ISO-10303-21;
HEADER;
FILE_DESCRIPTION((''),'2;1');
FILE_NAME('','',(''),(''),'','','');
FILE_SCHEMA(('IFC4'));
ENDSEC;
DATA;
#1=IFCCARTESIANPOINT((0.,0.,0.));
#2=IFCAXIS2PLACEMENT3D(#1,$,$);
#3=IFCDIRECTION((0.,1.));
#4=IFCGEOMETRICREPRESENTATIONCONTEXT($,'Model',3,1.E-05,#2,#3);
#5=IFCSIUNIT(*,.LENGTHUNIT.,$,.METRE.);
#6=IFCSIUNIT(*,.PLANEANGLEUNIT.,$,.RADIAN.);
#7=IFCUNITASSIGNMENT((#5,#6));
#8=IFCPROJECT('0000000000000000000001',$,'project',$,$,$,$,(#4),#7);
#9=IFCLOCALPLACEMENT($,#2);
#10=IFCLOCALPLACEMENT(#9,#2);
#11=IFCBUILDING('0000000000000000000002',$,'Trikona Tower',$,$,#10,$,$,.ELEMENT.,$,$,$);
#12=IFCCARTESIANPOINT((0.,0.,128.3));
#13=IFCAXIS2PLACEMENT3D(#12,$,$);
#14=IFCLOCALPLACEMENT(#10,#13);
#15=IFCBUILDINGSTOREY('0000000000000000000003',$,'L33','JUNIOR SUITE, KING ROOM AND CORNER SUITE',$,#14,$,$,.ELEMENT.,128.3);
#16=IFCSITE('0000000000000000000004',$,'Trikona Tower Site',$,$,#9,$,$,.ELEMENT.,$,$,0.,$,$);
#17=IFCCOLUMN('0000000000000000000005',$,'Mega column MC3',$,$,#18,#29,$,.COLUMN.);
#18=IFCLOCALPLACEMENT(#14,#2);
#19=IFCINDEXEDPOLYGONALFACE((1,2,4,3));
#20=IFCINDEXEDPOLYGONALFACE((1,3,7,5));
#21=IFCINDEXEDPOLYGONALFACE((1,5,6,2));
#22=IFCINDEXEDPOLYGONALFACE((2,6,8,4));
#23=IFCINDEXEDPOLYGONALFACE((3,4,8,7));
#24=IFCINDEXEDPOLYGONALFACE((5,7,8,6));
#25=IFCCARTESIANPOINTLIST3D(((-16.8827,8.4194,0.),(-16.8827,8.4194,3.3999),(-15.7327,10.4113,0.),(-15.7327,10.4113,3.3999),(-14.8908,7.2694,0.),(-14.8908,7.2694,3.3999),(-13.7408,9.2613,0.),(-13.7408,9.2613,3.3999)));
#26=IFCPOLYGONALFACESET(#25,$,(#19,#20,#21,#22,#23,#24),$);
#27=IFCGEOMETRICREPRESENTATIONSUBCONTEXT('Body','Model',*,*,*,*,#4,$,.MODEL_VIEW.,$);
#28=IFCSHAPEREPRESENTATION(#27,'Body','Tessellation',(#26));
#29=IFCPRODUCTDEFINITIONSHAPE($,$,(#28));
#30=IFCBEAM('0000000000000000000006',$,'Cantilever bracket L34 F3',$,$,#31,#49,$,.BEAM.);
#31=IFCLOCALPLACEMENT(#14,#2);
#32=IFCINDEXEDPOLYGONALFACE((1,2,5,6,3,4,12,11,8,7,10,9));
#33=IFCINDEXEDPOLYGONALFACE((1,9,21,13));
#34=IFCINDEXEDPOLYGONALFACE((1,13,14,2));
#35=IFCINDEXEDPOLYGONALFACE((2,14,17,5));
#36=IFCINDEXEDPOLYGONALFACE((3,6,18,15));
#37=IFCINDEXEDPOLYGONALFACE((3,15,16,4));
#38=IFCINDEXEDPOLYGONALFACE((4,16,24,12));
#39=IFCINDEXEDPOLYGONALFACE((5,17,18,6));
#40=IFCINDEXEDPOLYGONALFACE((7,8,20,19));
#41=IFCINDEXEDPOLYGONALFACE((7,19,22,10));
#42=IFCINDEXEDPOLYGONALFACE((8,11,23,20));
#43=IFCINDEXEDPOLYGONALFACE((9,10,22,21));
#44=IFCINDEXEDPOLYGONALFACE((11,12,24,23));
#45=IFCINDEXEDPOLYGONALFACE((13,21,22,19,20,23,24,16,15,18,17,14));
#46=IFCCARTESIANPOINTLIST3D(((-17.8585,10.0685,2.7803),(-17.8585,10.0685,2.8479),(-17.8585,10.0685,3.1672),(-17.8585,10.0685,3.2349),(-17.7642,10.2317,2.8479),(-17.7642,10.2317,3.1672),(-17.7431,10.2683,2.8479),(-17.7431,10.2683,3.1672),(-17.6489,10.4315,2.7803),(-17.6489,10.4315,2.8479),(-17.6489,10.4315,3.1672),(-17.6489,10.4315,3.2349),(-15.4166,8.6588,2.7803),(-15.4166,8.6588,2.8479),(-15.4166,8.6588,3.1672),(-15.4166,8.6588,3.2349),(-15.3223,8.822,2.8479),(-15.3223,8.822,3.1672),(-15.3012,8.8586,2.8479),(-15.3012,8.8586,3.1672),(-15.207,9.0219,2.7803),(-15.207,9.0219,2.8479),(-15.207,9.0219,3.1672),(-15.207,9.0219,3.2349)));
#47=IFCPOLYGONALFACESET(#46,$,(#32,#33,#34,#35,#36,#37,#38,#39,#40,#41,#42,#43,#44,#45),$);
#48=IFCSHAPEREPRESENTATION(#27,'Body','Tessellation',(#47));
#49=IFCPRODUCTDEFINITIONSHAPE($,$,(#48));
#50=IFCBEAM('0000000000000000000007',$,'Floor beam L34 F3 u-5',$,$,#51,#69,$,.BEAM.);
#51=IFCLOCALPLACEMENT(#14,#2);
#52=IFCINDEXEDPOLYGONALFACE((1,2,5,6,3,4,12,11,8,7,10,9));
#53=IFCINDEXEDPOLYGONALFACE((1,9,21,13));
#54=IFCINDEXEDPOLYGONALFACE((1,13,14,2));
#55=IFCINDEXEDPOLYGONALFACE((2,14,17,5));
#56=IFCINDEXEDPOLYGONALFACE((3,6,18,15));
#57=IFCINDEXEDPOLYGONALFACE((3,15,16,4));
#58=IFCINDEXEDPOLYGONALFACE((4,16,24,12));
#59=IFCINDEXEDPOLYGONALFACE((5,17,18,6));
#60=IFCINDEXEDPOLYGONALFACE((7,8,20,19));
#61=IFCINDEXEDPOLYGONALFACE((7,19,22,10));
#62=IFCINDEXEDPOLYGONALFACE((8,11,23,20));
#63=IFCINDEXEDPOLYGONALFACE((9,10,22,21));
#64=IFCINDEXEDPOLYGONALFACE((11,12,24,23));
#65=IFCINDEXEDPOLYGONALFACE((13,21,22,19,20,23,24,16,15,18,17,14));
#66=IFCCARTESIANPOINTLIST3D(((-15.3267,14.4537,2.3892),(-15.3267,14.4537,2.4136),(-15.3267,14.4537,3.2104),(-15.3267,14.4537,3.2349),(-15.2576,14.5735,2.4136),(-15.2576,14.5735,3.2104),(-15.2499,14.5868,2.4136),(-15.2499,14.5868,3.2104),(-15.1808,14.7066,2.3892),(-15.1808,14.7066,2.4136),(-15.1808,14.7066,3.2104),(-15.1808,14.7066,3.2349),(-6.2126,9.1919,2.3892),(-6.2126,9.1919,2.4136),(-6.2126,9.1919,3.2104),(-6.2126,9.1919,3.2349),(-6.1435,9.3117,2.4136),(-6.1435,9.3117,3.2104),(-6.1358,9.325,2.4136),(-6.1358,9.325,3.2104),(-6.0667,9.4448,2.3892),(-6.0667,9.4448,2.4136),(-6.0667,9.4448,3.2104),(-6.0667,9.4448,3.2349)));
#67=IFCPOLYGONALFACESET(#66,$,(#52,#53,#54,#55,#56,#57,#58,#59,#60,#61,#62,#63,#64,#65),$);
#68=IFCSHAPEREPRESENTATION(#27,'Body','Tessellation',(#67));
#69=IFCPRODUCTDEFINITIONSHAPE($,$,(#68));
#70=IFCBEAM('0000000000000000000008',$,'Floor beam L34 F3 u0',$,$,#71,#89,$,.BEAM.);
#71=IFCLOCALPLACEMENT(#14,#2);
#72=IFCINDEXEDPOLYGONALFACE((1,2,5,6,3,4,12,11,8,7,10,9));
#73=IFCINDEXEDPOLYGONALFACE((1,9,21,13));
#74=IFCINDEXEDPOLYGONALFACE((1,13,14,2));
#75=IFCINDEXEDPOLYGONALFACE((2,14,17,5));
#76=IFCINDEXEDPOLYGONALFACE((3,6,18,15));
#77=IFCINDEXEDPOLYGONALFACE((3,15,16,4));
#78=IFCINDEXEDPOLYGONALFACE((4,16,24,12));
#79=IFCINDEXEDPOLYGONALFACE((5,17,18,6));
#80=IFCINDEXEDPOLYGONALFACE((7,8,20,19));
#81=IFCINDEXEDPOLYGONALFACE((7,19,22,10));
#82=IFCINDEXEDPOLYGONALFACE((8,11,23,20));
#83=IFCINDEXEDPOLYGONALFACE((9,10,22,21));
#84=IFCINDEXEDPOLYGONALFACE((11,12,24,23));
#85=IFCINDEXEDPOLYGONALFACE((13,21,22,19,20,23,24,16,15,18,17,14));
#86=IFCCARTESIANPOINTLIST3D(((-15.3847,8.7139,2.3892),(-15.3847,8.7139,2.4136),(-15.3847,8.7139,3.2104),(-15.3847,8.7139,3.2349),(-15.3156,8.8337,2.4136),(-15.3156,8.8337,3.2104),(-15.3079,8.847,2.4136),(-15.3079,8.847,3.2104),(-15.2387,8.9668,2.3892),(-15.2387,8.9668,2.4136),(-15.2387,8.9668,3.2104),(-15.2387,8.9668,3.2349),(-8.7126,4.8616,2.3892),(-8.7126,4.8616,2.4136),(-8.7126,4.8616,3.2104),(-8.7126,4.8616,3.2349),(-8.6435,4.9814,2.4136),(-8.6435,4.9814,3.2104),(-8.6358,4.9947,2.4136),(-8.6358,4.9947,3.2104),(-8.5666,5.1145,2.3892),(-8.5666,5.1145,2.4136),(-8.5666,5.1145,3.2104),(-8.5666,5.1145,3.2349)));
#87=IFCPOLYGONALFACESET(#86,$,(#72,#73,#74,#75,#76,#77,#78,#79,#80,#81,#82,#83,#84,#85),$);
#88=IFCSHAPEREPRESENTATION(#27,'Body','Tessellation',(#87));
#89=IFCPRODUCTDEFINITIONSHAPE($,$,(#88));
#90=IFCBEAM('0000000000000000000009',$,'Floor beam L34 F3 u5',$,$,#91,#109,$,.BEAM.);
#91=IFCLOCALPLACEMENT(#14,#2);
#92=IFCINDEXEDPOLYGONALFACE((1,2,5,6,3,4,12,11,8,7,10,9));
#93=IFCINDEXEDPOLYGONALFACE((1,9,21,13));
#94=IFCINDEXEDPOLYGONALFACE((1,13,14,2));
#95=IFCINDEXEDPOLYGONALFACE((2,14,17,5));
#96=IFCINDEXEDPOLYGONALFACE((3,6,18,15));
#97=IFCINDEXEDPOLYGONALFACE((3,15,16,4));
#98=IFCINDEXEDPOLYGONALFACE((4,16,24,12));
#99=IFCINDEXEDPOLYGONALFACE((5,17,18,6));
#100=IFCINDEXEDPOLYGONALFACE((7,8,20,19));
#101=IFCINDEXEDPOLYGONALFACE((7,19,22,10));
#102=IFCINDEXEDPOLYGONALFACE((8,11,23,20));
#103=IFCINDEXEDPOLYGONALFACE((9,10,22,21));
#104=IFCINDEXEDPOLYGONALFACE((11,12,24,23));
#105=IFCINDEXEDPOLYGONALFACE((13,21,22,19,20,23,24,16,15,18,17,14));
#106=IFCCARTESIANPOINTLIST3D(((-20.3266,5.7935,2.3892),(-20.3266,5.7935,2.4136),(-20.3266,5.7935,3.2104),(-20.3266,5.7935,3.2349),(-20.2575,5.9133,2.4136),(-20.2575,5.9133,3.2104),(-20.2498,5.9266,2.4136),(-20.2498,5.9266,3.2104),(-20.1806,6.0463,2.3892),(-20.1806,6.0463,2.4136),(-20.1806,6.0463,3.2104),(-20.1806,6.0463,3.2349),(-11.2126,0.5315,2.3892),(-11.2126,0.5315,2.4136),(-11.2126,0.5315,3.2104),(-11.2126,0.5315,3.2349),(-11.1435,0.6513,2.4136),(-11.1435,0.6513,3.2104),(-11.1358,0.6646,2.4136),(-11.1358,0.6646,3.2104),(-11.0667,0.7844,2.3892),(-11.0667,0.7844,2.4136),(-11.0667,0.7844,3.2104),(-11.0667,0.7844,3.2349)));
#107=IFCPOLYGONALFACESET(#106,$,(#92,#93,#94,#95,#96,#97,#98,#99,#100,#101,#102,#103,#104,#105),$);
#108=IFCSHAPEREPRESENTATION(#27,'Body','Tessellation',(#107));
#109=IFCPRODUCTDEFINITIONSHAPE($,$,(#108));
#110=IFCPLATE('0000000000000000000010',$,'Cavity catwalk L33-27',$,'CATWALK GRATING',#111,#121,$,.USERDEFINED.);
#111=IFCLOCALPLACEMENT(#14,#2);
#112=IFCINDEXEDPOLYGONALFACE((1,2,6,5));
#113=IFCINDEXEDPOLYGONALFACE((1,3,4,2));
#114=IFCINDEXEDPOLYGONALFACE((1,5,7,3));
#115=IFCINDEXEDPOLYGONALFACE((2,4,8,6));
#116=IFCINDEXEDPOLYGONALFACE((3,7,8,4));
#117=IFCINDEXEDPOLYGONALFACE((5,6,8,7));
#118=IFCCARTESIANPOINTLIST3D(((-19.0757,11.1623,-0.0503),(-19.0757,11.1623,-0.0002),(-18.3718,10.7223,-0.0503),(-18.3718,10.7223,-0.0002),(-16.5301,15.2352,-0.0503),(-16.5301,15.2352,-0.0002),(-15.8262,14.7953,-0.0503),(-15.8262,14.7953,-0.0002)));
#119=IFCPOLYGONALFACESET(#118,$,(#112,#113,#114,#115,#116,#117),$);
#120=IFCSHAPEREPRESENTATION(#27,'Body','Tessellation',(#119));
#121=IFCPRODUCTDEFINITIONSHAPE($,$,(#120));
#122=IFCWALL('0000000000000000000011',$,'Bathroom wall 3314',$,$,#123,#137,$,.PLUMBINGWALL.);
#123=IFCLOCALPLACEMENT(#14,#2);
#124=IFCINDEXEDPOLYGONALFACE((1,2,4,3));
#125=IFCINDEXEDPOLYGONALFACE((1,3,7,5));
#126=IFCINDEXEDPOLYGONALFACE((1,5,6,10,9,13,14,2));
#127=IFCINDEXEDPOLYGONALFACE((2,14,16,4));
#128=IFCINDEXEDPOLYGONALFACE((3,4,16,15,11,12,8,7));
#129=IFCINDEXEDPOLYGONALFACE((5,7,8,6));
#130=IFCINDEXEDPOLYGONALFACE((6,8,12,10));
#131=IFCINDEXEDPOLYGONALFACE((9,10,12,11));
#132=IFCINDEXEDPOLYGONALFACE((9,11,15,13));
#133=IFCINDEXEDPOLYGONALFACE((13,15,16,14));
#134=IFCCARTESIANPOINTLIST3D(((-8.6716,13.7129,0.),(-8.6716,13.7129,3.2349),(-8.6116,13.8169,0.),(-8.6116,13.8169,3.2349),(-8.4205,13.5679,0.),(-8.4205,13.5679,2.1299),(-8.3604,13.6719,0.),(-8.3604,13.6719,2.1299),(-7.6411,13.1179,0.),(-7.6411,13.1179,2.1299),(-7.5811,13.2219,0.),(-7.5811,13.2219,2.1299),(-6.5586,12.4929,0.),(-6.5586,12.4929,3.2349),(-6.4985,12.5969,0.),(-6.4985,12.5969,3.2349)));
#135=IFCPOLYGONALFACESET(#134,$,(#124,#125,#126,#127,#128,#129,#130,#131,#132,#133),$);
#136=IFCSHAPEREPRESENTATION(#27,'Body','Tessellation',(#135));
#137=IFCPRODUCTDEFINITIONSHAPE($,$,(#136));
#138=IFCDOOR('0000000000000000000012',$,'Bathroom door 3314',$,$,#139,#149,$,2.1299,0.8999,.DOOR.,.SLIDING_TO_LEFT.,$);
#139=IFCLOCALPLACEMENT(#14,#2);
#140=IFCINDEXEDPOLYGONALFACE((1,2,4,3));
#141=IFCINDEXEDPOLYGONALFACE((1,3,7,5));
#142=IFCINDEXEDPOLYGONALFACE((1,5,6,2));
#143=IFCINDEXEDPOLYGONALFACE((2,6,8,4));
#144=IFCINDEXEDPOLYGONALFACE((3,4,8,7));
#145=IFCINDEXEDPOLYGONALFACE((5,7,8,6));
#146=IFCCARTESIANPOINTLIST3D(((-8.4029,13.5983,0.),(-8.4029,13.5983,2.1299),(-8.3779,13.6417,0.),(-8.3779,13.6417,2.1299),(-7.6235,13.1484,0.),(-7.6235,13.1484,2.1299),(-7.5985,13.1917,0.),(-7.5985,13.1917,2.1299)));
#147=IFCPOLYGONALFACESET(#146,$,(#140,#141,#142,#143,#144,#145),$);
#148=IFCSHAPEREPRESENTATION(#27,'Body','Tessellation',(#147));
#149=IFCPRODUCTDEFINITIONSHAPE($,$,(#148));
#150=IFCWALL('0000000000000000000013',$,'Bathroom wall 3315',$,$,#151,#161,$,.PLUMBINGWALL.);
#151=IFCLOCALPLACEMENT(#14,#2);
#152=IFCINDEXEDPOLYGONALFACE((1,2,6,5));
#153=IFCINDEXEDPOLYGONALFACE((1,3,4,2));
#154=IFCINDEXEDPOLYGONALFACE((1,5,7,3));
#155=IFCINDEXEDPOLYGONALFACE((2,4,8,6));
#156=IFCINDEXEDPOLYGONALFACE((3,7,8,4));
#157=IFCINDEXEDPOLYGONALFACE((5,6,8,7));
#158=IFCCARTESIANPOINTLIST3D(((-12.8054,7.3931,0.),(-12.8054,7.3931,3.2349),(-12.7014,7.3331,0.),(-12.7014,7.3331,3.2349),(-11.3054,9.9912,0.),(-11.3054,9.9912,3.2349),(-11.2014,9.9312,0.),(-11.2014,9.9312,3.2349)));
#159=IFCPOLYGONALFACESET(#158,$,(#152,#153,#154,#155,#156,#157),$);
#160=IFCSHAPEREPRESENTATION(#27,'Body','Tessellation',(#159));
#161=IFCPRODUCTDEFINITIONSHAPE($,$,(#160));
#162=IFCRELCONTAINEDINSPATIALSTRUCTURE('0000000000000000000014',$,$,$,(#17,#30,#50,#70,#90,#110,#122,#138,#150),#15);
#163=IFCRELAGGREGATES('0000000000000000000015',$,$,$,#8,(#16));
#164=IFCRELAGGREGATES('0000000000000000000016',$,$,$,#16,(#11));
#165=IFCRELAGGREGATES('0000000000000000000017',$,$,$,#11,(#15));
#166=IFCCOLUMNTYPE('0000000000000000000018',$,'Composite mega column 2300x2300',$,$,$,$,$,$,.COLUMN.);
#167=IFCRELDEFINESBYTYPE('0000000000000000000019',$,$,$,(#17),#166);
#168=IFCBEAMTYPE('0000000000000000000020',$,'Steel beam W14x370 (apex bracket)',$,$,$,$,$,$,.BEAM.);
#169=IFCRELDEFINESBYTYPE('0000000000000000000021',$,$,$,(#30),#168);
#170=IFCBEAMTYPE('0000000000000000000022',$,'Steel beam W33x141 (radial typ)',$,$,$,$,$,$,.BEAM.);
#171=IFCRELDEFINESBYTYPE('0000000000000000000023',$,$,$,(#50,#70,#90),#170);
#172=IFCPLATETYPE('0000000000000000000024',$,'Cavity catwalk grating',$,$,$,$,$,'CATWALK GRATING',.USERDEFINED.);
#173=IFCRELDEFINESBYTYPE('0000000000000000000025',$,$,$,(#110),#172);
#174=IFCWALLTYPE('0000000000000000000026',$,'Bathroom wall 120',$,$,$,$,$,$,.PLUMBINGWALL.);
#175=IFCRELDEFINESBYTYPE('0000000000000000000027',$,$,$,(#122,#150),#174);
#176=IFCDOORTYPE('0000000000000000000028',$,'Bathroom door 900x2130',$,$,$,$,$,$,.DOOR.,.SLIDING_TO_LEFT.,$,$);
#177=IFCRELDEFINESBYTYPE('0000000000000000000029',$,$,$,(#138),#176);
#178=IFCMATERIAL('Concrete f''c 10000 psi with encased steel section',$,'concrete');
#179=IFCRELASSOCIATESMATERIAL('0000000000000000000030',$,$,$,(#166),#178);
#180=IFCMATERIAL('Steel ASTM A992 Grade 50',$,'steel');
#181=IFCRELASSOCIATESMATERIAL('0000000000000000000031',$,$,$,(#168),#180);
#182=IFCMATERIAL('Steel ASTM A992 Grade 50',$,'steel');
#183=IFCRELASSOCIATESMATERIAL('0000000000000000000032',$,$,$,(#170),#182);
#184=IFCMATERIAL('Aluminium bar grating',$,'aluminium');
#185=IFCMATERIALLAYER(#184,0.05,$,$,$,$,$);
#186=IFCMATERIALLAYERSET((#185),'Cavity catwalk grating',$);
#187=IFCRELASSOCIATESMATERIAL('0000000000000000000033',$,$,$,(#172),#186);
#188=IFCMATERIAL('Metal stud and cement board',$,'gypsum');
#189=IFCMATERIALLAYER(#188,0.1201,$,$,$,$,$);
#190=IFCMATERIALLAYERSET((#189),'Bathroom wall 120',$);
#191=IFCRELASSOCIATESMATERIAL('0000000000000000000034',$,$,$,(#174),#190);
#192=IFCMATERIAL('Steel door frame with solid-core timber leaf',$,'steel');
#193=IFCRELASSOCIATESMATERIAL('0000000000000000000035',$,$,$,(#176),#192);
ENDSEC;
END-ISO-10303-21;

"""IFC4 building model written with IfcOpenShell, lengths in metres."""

from ifc_helpers import new_model, si_unit, direction, frame, frame_2d, origin, origin_2d, place, context, subcontext, project, spatial, rectangle, i_section, extrude, material, layer, layer_set, material_profile, profile_set, type_object, element, fill, save


model = new_model("IFC4")

# Units and contexts
model_context = context("Model", 3, precision=1e-05, world=origin(), true_north=direction((0.0, 1.0)))
body_context = subcontext(model_context, "Body", "Model", "MODEL_VIEW")
ifc_project = project(units=[si_unit("LENGTHUNIT", "METRE"), si_unit("PLANEANGLEUNIT", "RADIAN")], contexts=[model_context])

# Site, building, storey
site_placement = place(None, origin())
site = spatial("IfcSite", under=ifc_project, at=site_placement, Name="Trikona Tower Site", CompositionType="ELEMENT", RefElevation=0.0)
building_placement = place(site_placement, origin())
building = spatial("IfcBuilding", under=site, at=building_placement, Name="Trikona Tower", CompositionType="ELEMENT")
storey_placement = place(building_placement, frame((0.0, 0.0, 128.3)))
storey = spatial("IfcBuildingStorey", under=building, at=storey_placement, Name="L33", Description="JUNIOR SUITE, KING ROOM AND CORNER SUITE", CompositionType="ELEMENT", Elevation=128.3)

# Column
ifc_material_1 = material(Name="Concrete f'c 10000 psi with encased steel section", Category="concrete")
ifc_material_profile_1 = material_profile(ifc_material_1, rectangle(XDim=2.3, YDim=2.3, at=origin_2d()), Name="MC2300")
ifc_profile_set_1 = profile_set([ifc_material_profile_1], Name="Concrete f'c 10000 psi with encased steel section")
column_type = type_object("IfcColumnType", Name="Composite mega column 2300x2300", PredefinedType="COLUMN", material=ifc_profile_set_1)
column_placement = place(storey_placement, frame((-15.3118, 8.8403, 0.0), z_axis=(0.0, 0.0, 1.0), x_axis=(-0.866025, 0.5, 0.0)))
element("IfcColumn", 1, at=column_placement, inside=storey, type_object=column_type, Name="Mega column MC3", PredefinedType="COLUMN", context=body_context, shape_type="SweptSolid", body=[
    extrude(rectangle(XDim=2.3, YDim=2.3, at=origin_2d()), origin(), (0.0, 0.0, 1.0), 3.3999),
])

# Beams
ifc_material_2 = material(Name="Steel ASTM A992 Grade 50", Category="steel")
ifc_material_profile_2 = material_profile(ifc_material_2, i_section(OverallWidth=0.4192, OverallDepth=0.4546, WebThickness=0.0422, FlangeThickness=0.0676, at=origin_2d()), Name="W14X370")
ifc_profile_set_2 = profile_set([ifc_material_profile_2], Name="Steel ASTM A992 Grade 50")
beam_type_1 = type_object("IfcBeamType", Name="Steel beam W14x370 (apex bracket)", PredefinedType="BEAM", material=ifc_profile_set_2)
beam_1_placement = place(storey_placement, frame((-15.3118, 8.8403, 3.0076), z_axis=(-0.86605, 0.499957, 0.0), x_axis=(-0.499957, -0.86605, 0.0)))
element("IfcBeam", 2, at=beam_1_placement, inside=storey, type_object=beam_type_1, Name="Cantilever bracket L34 F3", PredefinedType="BEAM", context=body_context, shape_type="SweptSolid", body=[
    extrude(i_section(OverallWidth=0.4192, OverallDepth=0.4546, WebThickness=0.0422, FlangeThickness=0.0676, at=origin_2d()), origin(), (0.0, 0.0, 1.0), 2.8196),
])
ifc_material_3 = material(Name="Steel ASTM A992 Grade 50", Category="steel")
ifc_material_profile_3 = material_profile(ifc_material_3, i_section(OverallWidth=0.292, OverallDepth=0.8457, WebThickness=0.0154, FlangeThickness=0.0244, at=origin_2d()), Name="W33X141")
ifc_profile_set_3 = profile_set([ifc_material_profile_3], Name="Steel ASTM A992 Grade 50")
beam_type_2 = type_object("IfcBeamType", Name="Steel beam W33x141 (radial typ)", PredefinedType="BEAM", material=ifc_profile_set_3)
beam_2_placement = place(storey_placement, frame((-6.1396, 9.3184, 2.812), z_axis=(-0.866036, 0.499982, 0.0), x_axis=(-0.499982, -0.866036, 0.0)))
element("IfcBeam", 3, at=beam_2_placement, inside=storey, type_object=beam_type_2, Name="Floor beam L34 F3 u-5", PredefinedType="BEAM", context=body_context, shape_type="SweptSolid", body=[
    extrude(i_section(OverallWidth=0.292, OverallDepth=0.8457, WebThickness=0.0154, FlangeThickness=0.0244, at=origin_2d()), origin(), (0.0, 0.0, 1.0), 10.5239),
])
beam_3_placement = place(storey_placement, frame((-8.6396, 4.988, 2.812), z_axis=(-0.866017, 0.500014, 0.0), x_axis=(-0.500014, -0.866017, 0.0)))
element("IfcBeam", 4, at=beam_3_placement, inside=storey, type_object=beam_type_2, Name="Floor beam L34 F3 u0", PredefinedType="BEAM", context=body_context, shape_type="SweptSolid", body=[
    extrude(i_section(OverallWidth=0.292, OverallDepth=0.8457, WebThickness=0.0154, FlangeThickness=0.0244, at=origin_2d()), origin(), (0.0, 0.0, 1.0), 7.7043),
])
beam_4_placement = place(storey_placement, frame((-11.1396, 0.658, 2.812), z_axis=(-0.866026, 0.499999, 0.0), x_axis=(-0.499999, -0.866026, 0.0)))
element("IfcBeam", 5, at=beam_4_placement, inside=storey, type_object=beam_type_2, Name="Floor beam L34 F3 u5", PredefinedType="BEAM", context=body_context, shape_type="SweptSolid", body=[
    extrude(i_section(OverallWidth=0.292, OverallDepth=0.8457, WebThickness=0.0154, FlangeThickness=0.0244, at=origin_2d()), origin(), (0.0, 0.0, 1.0), 10.5239),
])

# Plate
ifc_material_4 = material(Name="Aluminium bar grating", Category="aluminium")
ifc_layer_1 = layer(ifc_material_4, 0.05)
ifc_layer_set_1 = layer_set([ifc_layer_1], Name="Cavity catwalk grating")
plate_type = type_object("IfcPlateType", Name="Cavity catwalk grating", ElementType="CATWALK GRATING", PredefinedType="USERDEFINED", material=ifc_layer_set_1)
plate_placement = place(storey_placement, frame((-17.4509, 12.9788, -0.0503), z_axis=(0.0, 0.0, 1.0), x_axis=(-0.529995, -0.848001, 0.0)))
element("IfcPlate", 6, at=plate_placement, inside=storey, type_object=plate_type, Name="Cavity catwalk L33-27", ObjectType="CATWALK GRATING", PredefinedType="USERDEFINED", context=body_context, shape_type="SweptSolid", body=[
    extrude(rectangle(XDim=4.803, YDim=0.8301, at=origin_2d()), origin(), (0.0, 0.0, 1.0), 0.05),
])

# Wall, opening, door
ifc_material_5 = material(Name="Metal stud and cement board", Category="gypsum")
ifc_layer_2 = layer(ifc_material_5, 0.1201)
ifc_layer_set_2 = layer_set([ifc_layer_2], Name="Bathroom wall 120")
wall_type_1 = type_object("IfcWallType", Name="Bathroom wall 120", PredefinedType="PLUMBINGWALL", material=ifc_layer_set_2)
wall_1_placement = place(storey_placement, frame((-6.5286, 12.5449, 0.0), z_axis=(0.0, 0.0, 1.0), x_axis=(-0.866024, 0.500003, 0.0)))
wall_1 = element("IfcWall", 7, at=wall_1_placement, inside=storey, type_object=wall_type_1, Name="Bathroom wall 3314", PredefinedType="PLUMBINGWALL", context=body_context, shape_type="SweptSolid", body=[
    extrude(rectangle(XDim=2.4399, YDim=0.1201, at=frame_2d((1.22, 0.0))), origin(), (0.0, 0.0, 1.0), 3.2349),
])
opening_1_placement = place(wall_1_placement, frame((1.25, 0.0, 0.0)))
opening_1 = element("IfcOpeningElement", 8, at=opening_1_placement, cuts=wall_1, PredefinedType="OPENING", context=body_context, shape_type="SweptSolid", body=[
    extrude(rectangle(XDim=0.8999, YDim=2.1299, at=frame_2d((0.45, 1.0649))), frame((0.0, 0.0701, 0.0), z_axis=(0.0, -1.0, 0.0), x_axis=(1.0, 0.0, 0.0)), (0.0, 0.0, 1.0), 0.1401),
])
ifc_material_6 = material(Name="Steel door frame with solid-core timber leaf", Category="steel")
door_type_1 = type_object("IfcDoorType", Name="Bathroom door 900x2130", OperationType="SLIDING_TO_LEFT", PredefinedType="DOOR", material=ifc_material_6)
door_1_placement = place(opening_1_placement, origin())
door_1 = element("IfcDoor", 9, at=door_1_placement, inside=storey, type_object=door_type_1, Name="Bathroom door 3314", OperationType="SLIDING_TO_LEFT", OverallHeight=2.1299, OverallWidth=0.8999, PredefinedType="DOOR", context=body_context, shape_type="SweptSolid", body=[
    extrude(rectangle(XDim=0.8999, YDim=2.1299, at=frame_2d((0.45, 1.0649))), frame((0.0, 0.0249, 0.0), z_axis=(0.0, -1.0, 0.0), x_axis=(1.0, 0.0, 0.0)), (0.0, 0.0, 1.0), 0.05),
])
fill(opening_1, door_1)

# Wall
wall_2_placement = place(storey_placement, frame((-11.2534, 9.9612, 0.0), z_axis=(0.0, 0.0, 1.0), x_axis=(-0.49999, -0.866031, 0.0)))
element("IfcWall", 10, at=wall_2_placement, inside=storey, type_object=wall_type_1, Name="Bathroom wall 3315", PredefinedType="PLUMBINGWALL", context=body_context, shape_type="SweptSolid", body=[
    extrude(rectangle(XDim=3.0, YDim=0.1201, at=frame_2d((1.5, 0.0))), origin(), (0.0, 0.0, 1.0), 3.2349),
])

save(model, "model.ifc")
